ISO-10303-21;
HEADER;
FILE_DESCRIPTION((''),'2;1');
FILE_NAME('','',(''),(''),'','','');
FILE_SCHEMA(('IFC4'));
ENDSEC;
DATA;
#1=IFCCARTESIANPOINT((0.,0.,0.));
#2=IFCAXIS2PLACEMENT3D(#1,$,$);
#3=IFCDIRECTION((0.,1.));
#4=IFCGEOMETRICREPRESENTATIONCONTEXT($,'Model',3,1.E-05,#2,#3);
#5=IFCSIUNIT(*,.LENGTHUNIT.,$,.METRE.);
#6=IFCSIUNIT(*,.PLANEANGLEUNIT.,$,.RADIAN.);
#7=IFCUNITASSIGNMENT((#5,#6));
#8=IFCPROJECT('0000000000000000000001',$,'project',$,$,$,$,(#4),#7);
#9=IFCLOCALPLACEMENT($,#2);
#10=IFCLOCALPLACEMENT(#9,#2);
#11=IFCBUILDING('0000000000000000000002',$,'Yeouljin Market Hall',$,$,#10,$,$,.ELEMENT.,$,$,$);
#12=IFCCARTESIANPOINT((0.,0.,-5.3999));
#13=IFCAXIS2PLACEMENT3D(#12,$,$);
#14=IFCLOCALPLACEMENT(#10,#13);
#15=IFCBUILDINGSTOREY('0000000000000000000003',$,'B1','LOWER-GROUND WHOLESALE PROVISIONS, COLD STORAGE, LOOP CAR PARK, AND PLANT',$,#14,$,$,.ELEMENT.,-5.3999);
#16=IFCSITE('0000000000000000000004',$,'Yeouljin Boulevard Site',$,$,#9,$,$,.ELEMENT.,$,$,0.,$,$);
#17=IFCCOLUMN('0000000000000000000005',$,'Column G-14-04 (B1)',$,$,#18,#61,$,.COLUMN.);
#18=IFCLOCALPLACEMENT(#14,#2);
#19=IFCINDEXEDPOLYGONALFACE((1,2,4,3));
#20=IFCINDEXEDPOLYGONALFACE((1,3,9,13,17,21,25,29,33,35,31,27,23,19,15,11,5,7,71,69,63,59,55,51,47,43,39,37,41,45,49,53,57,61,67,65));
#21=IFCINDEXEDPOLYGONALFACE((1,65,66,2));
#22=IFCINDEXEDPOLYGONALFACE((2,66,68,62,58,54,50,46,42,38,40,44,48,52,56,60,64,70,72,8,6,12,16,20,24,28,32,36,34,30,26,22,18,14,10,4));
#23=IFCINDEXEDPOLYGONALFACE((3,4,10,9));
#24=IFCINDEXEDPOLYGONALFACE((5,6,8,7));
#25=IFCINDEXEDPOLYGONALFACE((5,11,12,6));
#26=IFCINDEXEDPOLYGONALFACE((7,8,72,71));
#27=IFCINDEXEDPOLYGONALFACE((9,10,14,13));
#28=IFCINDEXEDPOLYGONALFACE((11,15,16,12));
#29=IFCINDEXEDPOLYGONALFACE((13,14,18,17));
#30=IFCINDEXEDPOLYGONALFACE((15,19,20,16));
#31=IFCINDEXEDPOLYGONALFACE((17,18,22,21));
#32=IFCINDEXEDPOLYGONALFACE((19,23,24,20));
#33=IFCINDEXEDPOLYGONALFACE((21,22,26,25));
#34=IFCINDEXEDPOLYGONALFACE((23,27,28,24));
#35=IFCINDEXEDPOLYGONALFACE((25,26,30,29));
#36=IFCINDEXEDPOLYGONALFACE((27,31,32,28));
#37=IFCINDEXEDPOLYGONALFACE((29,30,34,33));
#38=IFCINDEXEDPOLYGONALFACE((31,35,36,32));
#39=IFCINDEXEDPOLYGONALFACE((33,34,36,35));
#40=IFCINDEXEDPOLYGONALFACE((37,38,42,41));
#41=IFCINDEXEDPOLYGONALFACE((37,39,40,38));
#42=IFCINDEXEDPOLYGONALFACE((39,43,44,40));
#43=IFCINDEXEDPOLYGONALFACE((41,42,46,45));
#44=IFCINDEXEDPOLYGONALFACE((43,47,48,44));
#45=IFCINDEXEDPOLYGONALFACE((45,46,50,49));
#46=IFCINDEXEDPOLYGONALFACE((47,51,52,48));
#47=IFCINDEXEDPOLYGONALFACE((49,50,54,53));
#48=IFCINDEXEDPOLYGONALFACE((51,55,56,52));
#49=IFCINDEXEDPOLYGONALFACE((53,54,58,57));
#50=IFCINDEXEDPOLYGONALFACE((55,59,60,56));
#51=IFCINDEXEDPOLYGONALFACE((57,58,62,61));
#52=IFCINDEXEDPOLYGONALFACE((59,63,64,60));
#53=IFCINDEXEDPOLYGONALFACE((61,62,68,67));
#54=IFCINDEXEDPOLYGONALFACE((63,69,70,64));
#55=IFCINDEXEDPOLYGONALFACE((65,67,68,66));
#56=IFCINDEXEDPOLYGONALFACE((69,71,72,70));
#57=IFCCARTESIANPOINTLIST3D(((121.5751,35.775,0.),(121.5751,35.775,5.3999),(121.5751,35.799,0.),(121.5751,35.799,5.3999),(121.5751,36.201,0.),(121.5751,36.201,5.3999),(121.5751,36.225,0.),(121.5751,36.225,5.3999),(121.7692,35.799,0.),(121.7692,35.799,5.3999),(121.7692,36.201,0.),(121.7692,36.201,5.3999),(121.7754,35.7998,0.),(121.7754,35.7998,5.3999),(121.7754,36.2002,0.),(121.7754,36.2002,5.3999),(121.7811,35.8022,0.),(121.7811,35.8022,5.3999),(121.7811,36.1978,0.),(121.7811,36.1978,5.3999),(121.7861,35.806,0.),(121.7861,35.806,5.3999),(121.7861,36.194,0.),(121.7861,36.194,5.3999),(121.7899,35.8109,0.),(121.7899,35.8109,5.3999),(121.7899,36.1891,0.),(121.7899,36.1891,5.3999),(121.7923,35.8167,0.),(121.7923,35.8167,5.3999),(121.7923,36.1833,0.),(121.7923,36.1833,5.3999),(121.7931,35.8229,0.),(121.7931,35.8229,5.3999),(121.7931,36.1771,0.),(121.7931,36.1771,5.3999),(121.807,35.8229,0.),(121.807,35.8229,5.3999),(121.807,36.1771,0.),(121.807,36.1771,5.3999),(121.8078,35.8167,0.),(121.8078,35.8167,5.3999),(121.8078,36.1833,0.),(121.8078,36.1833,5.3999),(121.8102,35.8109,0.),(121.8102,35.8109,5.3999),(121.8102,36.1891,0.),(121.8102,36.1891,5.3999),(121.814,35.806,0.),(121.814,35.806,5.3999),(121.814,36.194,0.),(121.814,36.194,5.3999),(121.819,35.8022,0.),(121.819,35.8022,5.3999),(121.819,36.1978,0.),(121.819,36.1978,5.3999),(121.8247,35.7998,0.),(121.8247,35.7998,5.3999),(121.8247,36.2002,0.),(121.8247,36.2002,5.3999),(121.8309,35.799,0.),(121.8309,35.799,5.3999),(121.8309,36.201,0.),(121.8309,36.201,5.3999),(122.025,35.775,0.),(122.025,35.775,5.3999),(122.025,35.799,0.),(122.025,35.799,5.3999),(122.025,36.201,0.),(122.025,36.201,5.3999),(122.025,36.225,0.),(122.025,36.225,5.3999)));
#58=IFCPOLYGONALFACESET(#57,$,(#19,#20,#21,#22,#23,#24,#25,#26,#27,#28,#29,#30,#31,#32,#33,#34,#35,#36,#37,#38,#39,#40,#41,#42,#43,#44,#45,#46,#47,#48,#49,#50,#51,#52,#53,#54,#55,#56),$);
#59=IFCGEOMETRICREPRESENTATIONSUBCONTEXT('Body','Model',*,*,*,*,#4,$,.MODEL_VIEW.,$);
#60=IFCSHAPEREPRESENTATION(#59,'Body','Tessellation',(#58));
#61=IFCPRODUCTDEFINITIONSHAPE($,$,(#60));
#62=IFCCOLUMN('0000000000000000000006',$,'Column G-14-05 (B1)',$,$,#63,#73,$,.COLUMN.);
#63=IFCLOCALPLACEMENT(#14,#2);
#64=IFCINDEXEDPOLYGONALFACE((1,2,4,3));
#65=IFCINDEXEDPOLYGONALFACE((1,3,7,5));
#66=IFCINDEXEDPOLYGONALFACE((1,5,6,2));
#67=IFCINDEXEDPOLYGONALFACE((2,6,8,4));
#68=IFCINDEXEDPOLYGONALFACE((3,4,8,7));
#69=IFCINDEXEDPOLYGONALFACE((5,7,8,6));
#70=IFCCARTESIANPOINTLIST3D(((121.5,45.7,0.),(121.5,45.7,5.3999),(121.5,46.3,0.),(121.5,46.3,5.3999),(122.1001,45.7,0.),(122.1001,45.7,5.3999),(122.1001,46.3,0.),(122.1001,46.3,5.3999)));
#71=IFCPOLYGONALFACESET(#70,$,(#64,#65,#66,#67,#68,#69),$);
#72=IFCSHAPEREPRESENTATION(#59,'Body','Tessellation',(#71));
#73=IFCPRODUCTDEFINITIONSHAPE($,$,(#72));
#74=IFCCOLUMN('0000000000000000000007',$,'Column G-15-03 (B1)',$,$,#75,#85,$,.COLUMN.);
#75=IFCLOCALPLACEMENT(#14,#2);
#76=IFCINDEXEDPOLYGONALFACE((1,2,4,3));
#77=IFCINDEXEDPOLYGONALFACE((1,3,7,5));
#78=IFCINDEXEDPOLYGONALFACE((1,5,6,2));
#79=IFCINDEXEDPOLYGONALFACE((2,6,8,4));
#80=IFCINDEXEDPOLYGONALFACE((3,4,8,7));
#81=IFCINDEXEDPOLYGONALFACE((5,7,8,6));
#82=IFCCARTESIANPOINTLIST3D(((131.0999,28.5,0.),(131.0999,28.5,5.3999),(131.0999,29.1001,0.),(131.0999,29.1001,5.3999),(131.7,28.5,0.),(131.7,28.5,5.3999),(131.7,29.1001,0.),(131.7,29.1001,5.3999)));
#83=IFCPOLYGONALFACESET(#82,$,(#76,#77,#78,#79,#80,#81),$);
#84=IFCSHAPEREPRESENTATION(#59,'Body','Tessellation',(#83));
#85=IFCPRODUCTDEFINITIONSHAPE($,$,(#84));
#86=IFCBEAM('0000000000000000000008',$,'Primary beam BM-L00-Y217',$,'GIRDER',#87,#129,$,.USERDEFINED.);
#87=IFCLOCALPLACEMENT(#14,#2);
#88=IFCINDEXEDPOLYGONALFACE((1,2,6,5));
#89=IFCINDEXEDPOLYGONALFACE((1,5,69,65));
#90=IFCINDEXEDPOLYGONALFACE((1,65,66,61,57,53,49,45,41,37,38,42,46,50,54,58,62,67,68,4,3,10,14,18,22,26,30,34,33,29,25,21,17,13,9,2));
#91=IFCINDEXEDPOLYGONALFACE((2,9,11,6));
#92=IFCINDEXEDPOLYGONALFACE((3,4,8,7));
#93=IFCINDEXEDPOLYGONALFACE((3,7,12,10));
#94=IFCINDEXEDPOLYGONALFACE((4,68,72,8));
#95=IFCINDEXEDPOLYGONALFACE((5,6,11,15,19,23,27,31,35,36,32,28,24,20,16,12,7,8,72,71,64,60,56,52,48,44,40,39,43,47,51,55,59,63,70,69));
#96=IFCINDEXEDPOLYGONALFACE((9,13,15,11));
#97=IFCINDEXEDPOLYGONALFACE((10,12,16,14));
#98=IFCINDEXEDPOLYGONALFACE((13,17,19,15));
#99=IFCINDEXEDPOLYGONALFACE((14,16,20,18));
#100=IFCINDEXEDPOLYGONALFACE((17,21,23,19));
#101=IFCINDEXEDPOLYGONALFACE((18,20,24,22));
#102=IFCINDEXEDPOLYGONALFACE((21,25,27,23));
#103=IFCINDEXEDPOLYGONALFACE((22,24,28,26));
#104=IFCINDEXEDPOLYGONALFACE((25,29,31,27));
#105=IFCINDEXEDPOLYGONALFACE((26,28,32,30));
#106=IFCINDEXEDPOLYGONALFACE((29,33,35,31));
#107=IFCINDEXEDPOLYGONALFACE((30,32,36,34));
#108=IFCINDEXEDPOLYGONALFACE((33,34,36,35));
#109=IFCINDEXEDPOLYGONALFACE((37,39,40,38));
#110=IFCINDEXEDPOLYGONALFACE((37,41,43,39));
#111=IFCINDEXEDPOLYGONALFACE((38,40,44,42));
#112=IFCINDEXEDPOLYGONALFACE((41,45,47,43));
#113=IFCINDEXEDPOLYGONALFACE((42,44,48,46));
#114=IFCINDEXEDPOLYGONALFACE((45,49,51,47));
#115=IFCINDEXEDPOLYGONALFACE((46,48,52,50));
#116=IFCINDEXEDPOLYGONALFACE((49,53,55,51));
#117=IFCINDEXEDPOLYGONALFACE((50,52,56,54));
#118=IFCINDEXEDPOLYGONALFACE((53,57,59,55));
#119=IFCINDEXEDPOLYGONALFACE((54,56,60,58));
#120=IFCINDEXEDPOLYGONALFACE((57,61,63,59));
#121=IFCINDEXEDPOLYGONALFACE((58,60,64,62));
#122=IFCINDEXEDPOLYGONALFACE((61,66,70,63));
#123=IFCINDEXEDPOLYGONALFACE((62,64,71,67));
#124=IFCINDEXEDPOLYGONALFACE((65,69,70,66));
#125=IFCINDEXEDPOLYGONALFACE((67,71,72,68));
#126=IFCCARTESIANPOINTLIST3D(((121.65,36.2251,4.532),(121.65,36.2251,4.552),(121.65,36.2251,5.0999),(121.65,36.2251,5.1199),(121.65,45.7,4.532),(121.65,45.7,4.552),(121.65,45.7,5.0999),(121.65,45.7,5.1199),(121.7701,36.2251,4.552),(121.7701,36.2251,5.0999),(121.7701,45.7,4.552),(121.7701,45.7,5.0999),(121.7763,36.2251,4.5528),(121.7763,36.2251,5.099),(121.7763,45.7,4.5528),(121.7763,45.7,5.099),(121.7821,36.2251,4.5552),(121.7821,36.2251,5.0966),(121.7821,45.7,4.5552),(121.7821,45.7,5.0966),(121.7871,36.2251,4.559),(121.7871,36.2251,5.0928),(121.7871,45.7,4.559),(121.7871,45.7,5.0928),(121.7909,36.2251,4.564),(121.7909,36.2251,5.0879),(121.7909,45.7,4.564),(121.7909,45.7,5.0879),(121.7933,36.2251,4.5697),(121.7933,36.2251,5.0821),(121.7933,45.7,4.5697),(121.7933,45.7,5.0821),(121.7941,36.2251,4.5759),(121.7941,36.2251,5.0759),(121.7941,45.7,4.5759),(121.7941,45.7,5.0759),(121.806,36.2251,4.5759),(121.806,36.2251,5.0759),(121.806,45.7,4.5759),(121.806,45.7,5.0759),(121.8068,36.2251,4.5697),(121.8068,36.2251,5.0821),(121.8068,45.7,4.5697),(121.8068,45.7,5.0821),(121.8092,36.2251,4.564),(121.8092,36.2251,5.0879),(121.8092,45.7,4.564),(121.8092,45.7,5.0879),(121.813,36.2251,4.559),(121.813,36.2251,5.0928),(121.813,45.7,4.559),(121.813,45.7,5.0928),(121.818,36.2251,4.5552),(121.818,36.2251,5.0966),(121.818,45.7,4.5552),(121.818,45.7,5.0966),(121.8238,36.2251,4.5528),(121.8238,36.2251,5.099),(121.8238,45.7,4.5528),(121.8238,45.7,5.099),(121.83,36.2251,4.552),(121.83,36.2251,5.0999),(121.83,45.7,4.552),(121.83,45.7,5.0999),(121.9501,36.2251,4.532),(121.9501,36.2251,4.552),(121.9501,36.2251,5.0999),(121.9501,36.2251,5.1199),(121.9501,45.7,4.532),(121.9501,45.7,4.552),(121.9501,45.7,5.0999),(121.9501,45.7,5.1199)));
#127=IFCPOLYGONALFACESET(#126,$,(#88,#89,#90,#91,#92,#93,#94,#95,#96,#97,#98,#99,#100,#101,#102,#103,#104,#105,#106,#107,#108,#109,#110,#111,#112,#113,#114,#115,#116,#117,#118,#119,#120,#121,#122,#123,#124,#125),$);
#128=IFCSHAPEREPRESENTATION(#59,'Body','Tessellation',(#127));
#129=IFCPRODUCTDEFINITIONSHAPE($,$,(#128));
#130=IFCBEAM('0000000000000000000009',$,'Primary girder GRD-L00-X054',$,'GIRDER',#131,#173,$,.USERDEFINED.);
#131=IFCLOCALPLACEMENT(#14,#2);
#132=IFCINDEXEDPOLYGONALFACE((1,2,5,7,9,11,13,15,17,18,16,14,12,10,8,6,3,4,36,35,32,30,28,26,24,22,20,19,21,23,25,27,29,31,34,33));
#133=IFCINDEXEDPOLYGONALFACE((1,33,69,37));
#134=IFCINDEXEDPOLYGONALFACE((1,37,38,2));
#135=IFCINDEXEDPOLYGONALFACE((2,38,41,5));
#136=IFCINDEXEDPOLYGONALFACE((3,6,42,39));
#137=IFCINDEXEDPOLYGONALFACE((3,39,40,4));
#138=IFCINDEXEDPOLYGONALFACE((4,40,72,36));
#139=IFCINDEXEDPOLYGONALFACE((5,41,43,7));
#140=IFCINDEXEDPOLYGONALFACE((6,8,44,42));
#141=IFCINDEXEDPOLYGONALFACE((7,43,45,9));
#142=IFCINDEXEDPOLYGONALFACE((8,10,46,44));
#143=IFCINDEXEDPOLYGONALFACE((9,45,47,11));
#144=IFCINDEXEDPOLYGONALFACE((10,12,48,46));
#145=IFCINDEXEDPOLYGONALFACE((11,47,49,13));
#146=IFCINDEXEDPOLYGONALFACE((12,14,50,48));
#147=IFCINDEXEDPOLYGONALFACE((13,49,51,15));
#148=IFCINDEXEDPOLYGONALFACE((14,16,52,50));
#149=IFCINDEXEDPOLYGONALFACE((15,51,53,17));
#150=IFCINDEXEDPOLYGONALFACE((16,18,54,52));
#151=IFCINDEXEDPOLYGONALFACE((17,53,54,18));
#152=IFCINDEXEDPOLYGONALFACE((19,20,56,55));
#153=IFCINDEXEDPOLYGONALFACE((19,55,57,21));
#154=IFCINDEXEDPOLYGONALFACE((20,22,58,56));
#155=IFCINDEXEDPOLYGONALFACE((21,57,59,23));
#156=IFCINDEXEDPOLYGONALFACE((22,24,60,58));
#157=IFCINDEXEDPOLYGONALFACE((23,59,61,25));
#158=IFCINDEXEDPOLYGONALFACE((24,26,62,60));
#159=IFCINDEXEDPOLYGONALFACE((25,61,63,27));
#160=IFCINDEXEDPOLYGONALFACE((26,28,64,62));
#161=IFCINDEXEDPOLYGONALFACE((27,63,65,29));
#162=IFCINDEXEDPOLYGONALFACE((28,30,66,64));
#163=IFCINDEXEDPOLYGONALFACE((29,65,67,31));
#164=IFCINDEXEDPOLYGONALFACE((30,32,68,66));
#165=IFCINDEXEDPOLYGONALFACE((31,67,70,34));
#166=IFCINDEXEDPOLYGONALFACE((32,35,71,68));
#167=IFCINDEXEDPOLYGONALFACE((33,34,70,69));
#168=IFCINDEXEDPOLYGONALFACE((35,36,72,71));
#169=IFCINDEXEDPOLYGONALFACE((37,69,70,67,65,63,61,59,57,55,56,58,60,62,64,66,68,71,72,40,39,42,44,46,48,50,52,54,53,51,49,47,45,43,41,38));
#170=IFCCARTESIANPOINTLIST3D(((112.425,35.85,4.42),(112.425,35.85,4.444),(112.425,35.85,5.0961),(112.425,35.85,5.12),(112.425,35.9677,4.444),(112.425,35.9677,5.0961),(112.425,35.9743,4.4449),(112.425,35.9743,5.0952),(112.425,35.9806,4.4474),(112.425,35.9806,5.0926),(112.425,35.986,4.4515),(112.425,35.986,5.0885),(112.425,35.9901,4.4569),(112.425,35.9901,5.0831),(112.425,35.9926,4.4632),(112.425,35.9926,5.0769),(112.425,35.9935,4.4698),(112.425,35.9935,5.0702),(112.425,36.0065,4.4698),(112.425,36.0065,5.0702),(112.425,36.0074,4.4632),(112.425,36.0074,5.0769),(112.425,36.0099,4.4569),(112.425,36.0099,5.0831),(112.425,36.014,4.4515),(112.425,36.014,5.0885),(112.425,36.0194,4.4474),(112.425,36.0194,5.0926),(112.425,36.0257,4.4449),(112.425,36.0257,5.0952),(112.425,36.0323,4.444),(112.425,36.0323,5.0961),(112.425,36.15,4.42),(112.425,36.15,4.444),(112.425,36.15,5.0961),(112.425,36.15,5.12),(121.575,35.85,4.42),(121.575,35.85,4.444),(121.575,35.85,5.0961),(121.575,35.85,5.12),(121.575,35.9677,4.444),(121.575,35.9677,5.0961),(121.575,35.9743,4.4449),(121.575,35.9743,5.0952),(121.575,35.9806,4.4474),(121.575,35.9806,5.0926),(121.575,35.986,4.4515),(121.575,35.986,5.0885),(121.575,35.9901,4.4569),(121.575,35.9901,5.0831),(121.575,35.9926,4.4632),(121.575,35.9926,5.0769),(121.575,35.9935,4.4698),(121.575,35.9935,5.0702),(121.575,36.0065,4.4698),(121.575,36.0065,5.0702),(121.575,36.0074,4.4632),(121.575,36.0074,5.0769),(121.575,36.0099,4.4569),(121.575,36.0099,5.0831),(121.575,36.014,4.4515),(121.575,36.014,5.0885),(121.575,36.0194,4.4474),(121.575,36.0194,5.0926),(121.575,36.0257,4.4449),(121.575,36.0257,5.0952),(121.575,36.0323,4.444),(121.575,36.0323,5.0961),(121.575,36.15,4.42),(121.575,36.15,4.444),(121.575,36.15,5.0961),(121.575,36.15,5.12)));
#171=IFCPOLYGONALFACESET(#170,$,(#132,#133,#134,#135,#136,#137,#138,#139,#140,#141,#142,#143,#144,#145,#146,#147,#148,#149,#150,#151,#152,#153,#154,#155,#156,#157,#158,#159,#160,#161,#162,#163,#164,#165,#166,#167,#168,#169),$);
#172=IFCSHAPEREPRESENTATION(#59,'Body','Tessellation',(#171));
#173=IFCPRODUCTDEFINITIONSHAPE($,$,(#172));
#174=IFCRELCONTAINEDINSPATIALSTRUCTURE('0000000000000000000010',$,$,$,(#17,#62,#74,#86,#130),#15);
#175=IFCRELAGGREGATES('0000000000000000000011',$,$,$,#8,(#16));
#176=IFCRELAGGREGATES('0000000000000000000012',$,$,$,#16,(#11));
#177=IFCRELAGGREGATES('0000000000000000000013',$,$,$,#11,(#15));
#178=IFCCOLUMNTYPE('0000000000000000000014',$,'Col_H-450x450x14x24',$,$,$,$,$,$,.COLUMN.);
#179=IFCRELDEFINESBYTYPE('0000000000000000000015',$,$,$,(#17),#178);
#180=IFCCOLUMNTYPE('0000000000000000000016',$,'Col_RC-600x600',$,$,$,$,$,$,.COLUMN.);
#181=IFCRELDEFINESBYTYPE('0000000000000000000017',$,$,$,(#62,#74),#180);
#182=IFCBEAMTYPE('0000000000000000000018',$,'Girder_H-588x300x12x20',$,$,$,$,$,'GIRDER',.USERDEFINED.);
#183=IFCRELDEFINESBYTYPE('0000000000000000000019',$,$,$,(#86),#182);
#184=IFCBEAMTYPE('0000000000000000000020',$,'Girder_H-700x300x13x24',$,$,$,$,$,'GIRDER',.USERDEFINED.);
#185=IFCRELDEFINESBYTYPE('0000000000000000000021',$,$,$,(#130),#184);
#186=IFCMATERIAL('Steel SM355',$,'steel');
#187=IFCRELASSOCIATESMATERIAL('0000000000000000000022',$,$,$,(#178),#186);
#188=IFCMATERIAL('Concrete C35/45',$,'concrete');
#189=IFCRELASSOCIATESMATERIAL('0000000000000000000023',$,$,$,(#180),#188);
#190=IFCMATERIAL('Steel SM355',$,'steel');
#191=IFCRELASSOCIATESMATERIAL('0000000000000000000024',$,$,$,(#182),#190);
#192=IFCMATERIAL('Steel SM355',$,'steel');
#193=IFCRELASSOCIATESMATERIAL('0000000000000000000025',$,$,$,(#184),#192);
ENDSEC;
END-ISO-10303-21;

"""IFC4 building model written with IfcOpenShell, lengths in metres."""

from ifc_helpers import new_model, si_unit, direction, frame, origin, origin_2d, place, context, subcontext, project, spatial, rectangle, i_section, extrude, material, material_profile, profile_set, type_object, element, save


model = new_model("IFC4")

# Units and contexts
model_context = context("Model", 3, precision=1e-05, world=origin(), true_north=direction((0.0, 1.0)))
body_context = subcontext(model_context, "Body", "Model", "MODEL_VIEW")
ifc_project = project(units=[si_unit("LENGTHUNIT", "METRE"), si_unit("PLANEANGLEUNIT", "RADIAN")], contexts=[model_context])

# Site, building, storey
site_placement = place(None, origin())
site = spatial("IfcSite", under=ifc_project, at=site_placement, Name="Yeouljin Boulevard Site", CompositionType="ELEMENT", RefElevation=0.0)
building_placement = place(site_placement, origin())
building = spatial("IfcBuilding", under=site, at=building_placement, Name="Yeouljin Market Hall", CompositionType="ELEMENT")
storey_placement = place(building_placement, frame((0.0, 0.0, -5.3999)))
storey = spatial("IfcBuildingStorey", under=building, at=storey_placement, Name="B1", Description="LOWER-GROUND WHOLESALE PROVISIONS, COLD STORAGE, LOOP CAR PARK, AND PLANT", CompositionType="ELEMENT", Elevation=-5.3999)

# Columns
ifc_material_1 = material(Name="Steel SM355", Category="steel")
ifc_material_profile_1 = material_profile(ifc_material_1, i_section(OverallWidth=0.45, OverallDepth=0.45, WebThickness=0.0139, FlangeThickness=0.0239, FilletRadius=0.0239, at=origin_2d()), Name="H-450x450x14x24")
ifc_profile_set_1 = profile_set([ifc_material_profile_1], Name="Steel SM355")
column_type_1 = type_object("IfcColumnType", Name="Col_H-450x450x14x24", PredefinedType="COLUMN", material=ifc_profile_set_1)
for number, where, z_axis, x_axis, name in (
    (1, (121.8, 36.0, 0.0), (0.0, 0.0, 1.0), (1.0, 0.0, 0.0), "Column G-14-04 (B1)"),
):
    element("IfcColumn", number, at=place(storey_placement, frame(where, z_axis=z_axis, x_axis=x_axis)), inside=storey, type_object=column_type_1, Name=name, PredefinedType="COLUMN", context=body_context, shape_type="SweptSolid", body=[
        extrude(i_section(OverallWidth=0.45, OverallDepth=0.45, WebThickness=0.0139, FlangeThickness=0.0239, FilletRadius=0.0239, at=origin_2d()), origin(), (0.0, 0.0, 1.0), 5.3999),
    ])
ifc_material_2 = material(Name="Concrete C35/45", Category="concrete")
ifc_material_profile_2 = material_profile(ifc_material_2, rectangle(XDim=0.6001, YDim=0.6001, at=origin_2d()), Name="RC-600x600")
ifc_profile_set_2 = profile_set([ifc_material_profile_2], Name="Concrete C35/45")
column_type_2 = type_object("IfcColumnType", Name="Col_RC-600x600", PredefinedType="COLUMN", material=ifc_profile_set_2)
for number, where, z_axis, x_axis, name in (
    (2, (121.8, 46.0, 0.0), (0.0, 0.0, 1.0), (1.0, 0.0, 0.0), "Column G-14-05 (B1)"),
    (3, (131.3999, 28.8, 0.0), (0.0, 0.0, 1.0), (1.0, 0.0, 0.0), "Column G-15-03 (B1)"),
):
    element("IfcColumn", number, at=place(storey_placement, frame(where, z_axis=z_axis, x_axis=x_axis)), inside=storey, type_object=column_type_2, Name=name, PredefinedType="COLUMN", context=body_context, shape_type="SweptSolid", body=[
        extrude(rectangle(XDim=0.6001, YDim=0.6001, at=origin_2d()), origin(), (0.0, 0.0, 1.0), 5.3999),
    ])

# Beams
ifc_material_3 = material(Name="Steel SM355", Category="steel")
ifc_material_profile_3 = material_profile(ifc_material_3, i_section(OverallWidth=0.3, OverallDepth=0.5879, WebThickness=0.012, FlangeThickness=0.02, FilletRadius=0.0239, at=origin_2d()), Name="H-588x300x12x20")
ifc_profile_set_3 = profile_set([ifc_material_profile_3], Name="Steel SM355")
beam_type_1 = type_object("IfcBeamType", Name="Girder_H-588x300x12x20", ElementType="GIRDER", PredefinedType="USERDEFINED", material=ifc_profile_set_3)
beam_1_placement = place(storey_placement, frame((121.8, 36.2251, 4.8259), z_axis=(0.0, 1.0, 0.0), x_axis=(-1.0, 0.0, 0.0)))
element("IfcBeam", 4, at=beam_1_placement, inside=storey, type_object=beam_type_1, Name="Primary beam BM-L00-Y217", ObjectType="GIRDER", PredefinedType="USERDEFINED", context=body_context, shape_type="SweptSolid", body=[
    extrude(i_section(OverallWidth=0.3, OverallDepth=0.5879, WebThickness=0.012, FlangeThickness=0.02, FilletRadius=0.0239, at=origin_2d()), origin(), (0.0, 0.0, 1.0), 9.4749),
])
ifc_material_4 = material(Name="Steel SM355", Category="steel")
ifc_material_profile_4 = material_profile(ifc_material_4, i_section(OverallWidth=0.3, OverallDepth=0.7, WebThickness=0.0129, FlangeThickness=0.0239, FilletRadius=0.0259, at=origin_2d()), Name="H-700x300x13x24")
ifc_profile_set_4 = profile_set([ifc_material_profile_4], Name="Steel SM355")
beam_type_2 = type_object("IfcBeamType", Name="Girder_H-700x300x13x24", ElementType="GIRDER", PredefinedType="USERDEFINED", material=ifc_profile_set_4)
beam_2_placement = place(storey_placement, frame((112.425, 36.0, 4.77), z_axis=(1.0, 0.0, 0.0), x_axis=(0.0, 1.0, 0.0)))
element("IfcBeam", 5, at=beam_2_placement, inside=storey, type_object=beam_type_2, Name="Primary girder GRD-L00-X054", ObjectType="GIRDER", PredefinedType="USERDEFINED", context=body_context, shape_type="SweptSolid", body=[
    extrude(i_section(OverallWidth=0.3, OverallDepth=0.7, WebThickness=0.0129, FlangeThickness=0.0239, FilletRadius=0.0259, at=origin_2d()), origin(), (0.0, 0.0, 1.0), 9.1499),
])

save(model, "model.ifc")
